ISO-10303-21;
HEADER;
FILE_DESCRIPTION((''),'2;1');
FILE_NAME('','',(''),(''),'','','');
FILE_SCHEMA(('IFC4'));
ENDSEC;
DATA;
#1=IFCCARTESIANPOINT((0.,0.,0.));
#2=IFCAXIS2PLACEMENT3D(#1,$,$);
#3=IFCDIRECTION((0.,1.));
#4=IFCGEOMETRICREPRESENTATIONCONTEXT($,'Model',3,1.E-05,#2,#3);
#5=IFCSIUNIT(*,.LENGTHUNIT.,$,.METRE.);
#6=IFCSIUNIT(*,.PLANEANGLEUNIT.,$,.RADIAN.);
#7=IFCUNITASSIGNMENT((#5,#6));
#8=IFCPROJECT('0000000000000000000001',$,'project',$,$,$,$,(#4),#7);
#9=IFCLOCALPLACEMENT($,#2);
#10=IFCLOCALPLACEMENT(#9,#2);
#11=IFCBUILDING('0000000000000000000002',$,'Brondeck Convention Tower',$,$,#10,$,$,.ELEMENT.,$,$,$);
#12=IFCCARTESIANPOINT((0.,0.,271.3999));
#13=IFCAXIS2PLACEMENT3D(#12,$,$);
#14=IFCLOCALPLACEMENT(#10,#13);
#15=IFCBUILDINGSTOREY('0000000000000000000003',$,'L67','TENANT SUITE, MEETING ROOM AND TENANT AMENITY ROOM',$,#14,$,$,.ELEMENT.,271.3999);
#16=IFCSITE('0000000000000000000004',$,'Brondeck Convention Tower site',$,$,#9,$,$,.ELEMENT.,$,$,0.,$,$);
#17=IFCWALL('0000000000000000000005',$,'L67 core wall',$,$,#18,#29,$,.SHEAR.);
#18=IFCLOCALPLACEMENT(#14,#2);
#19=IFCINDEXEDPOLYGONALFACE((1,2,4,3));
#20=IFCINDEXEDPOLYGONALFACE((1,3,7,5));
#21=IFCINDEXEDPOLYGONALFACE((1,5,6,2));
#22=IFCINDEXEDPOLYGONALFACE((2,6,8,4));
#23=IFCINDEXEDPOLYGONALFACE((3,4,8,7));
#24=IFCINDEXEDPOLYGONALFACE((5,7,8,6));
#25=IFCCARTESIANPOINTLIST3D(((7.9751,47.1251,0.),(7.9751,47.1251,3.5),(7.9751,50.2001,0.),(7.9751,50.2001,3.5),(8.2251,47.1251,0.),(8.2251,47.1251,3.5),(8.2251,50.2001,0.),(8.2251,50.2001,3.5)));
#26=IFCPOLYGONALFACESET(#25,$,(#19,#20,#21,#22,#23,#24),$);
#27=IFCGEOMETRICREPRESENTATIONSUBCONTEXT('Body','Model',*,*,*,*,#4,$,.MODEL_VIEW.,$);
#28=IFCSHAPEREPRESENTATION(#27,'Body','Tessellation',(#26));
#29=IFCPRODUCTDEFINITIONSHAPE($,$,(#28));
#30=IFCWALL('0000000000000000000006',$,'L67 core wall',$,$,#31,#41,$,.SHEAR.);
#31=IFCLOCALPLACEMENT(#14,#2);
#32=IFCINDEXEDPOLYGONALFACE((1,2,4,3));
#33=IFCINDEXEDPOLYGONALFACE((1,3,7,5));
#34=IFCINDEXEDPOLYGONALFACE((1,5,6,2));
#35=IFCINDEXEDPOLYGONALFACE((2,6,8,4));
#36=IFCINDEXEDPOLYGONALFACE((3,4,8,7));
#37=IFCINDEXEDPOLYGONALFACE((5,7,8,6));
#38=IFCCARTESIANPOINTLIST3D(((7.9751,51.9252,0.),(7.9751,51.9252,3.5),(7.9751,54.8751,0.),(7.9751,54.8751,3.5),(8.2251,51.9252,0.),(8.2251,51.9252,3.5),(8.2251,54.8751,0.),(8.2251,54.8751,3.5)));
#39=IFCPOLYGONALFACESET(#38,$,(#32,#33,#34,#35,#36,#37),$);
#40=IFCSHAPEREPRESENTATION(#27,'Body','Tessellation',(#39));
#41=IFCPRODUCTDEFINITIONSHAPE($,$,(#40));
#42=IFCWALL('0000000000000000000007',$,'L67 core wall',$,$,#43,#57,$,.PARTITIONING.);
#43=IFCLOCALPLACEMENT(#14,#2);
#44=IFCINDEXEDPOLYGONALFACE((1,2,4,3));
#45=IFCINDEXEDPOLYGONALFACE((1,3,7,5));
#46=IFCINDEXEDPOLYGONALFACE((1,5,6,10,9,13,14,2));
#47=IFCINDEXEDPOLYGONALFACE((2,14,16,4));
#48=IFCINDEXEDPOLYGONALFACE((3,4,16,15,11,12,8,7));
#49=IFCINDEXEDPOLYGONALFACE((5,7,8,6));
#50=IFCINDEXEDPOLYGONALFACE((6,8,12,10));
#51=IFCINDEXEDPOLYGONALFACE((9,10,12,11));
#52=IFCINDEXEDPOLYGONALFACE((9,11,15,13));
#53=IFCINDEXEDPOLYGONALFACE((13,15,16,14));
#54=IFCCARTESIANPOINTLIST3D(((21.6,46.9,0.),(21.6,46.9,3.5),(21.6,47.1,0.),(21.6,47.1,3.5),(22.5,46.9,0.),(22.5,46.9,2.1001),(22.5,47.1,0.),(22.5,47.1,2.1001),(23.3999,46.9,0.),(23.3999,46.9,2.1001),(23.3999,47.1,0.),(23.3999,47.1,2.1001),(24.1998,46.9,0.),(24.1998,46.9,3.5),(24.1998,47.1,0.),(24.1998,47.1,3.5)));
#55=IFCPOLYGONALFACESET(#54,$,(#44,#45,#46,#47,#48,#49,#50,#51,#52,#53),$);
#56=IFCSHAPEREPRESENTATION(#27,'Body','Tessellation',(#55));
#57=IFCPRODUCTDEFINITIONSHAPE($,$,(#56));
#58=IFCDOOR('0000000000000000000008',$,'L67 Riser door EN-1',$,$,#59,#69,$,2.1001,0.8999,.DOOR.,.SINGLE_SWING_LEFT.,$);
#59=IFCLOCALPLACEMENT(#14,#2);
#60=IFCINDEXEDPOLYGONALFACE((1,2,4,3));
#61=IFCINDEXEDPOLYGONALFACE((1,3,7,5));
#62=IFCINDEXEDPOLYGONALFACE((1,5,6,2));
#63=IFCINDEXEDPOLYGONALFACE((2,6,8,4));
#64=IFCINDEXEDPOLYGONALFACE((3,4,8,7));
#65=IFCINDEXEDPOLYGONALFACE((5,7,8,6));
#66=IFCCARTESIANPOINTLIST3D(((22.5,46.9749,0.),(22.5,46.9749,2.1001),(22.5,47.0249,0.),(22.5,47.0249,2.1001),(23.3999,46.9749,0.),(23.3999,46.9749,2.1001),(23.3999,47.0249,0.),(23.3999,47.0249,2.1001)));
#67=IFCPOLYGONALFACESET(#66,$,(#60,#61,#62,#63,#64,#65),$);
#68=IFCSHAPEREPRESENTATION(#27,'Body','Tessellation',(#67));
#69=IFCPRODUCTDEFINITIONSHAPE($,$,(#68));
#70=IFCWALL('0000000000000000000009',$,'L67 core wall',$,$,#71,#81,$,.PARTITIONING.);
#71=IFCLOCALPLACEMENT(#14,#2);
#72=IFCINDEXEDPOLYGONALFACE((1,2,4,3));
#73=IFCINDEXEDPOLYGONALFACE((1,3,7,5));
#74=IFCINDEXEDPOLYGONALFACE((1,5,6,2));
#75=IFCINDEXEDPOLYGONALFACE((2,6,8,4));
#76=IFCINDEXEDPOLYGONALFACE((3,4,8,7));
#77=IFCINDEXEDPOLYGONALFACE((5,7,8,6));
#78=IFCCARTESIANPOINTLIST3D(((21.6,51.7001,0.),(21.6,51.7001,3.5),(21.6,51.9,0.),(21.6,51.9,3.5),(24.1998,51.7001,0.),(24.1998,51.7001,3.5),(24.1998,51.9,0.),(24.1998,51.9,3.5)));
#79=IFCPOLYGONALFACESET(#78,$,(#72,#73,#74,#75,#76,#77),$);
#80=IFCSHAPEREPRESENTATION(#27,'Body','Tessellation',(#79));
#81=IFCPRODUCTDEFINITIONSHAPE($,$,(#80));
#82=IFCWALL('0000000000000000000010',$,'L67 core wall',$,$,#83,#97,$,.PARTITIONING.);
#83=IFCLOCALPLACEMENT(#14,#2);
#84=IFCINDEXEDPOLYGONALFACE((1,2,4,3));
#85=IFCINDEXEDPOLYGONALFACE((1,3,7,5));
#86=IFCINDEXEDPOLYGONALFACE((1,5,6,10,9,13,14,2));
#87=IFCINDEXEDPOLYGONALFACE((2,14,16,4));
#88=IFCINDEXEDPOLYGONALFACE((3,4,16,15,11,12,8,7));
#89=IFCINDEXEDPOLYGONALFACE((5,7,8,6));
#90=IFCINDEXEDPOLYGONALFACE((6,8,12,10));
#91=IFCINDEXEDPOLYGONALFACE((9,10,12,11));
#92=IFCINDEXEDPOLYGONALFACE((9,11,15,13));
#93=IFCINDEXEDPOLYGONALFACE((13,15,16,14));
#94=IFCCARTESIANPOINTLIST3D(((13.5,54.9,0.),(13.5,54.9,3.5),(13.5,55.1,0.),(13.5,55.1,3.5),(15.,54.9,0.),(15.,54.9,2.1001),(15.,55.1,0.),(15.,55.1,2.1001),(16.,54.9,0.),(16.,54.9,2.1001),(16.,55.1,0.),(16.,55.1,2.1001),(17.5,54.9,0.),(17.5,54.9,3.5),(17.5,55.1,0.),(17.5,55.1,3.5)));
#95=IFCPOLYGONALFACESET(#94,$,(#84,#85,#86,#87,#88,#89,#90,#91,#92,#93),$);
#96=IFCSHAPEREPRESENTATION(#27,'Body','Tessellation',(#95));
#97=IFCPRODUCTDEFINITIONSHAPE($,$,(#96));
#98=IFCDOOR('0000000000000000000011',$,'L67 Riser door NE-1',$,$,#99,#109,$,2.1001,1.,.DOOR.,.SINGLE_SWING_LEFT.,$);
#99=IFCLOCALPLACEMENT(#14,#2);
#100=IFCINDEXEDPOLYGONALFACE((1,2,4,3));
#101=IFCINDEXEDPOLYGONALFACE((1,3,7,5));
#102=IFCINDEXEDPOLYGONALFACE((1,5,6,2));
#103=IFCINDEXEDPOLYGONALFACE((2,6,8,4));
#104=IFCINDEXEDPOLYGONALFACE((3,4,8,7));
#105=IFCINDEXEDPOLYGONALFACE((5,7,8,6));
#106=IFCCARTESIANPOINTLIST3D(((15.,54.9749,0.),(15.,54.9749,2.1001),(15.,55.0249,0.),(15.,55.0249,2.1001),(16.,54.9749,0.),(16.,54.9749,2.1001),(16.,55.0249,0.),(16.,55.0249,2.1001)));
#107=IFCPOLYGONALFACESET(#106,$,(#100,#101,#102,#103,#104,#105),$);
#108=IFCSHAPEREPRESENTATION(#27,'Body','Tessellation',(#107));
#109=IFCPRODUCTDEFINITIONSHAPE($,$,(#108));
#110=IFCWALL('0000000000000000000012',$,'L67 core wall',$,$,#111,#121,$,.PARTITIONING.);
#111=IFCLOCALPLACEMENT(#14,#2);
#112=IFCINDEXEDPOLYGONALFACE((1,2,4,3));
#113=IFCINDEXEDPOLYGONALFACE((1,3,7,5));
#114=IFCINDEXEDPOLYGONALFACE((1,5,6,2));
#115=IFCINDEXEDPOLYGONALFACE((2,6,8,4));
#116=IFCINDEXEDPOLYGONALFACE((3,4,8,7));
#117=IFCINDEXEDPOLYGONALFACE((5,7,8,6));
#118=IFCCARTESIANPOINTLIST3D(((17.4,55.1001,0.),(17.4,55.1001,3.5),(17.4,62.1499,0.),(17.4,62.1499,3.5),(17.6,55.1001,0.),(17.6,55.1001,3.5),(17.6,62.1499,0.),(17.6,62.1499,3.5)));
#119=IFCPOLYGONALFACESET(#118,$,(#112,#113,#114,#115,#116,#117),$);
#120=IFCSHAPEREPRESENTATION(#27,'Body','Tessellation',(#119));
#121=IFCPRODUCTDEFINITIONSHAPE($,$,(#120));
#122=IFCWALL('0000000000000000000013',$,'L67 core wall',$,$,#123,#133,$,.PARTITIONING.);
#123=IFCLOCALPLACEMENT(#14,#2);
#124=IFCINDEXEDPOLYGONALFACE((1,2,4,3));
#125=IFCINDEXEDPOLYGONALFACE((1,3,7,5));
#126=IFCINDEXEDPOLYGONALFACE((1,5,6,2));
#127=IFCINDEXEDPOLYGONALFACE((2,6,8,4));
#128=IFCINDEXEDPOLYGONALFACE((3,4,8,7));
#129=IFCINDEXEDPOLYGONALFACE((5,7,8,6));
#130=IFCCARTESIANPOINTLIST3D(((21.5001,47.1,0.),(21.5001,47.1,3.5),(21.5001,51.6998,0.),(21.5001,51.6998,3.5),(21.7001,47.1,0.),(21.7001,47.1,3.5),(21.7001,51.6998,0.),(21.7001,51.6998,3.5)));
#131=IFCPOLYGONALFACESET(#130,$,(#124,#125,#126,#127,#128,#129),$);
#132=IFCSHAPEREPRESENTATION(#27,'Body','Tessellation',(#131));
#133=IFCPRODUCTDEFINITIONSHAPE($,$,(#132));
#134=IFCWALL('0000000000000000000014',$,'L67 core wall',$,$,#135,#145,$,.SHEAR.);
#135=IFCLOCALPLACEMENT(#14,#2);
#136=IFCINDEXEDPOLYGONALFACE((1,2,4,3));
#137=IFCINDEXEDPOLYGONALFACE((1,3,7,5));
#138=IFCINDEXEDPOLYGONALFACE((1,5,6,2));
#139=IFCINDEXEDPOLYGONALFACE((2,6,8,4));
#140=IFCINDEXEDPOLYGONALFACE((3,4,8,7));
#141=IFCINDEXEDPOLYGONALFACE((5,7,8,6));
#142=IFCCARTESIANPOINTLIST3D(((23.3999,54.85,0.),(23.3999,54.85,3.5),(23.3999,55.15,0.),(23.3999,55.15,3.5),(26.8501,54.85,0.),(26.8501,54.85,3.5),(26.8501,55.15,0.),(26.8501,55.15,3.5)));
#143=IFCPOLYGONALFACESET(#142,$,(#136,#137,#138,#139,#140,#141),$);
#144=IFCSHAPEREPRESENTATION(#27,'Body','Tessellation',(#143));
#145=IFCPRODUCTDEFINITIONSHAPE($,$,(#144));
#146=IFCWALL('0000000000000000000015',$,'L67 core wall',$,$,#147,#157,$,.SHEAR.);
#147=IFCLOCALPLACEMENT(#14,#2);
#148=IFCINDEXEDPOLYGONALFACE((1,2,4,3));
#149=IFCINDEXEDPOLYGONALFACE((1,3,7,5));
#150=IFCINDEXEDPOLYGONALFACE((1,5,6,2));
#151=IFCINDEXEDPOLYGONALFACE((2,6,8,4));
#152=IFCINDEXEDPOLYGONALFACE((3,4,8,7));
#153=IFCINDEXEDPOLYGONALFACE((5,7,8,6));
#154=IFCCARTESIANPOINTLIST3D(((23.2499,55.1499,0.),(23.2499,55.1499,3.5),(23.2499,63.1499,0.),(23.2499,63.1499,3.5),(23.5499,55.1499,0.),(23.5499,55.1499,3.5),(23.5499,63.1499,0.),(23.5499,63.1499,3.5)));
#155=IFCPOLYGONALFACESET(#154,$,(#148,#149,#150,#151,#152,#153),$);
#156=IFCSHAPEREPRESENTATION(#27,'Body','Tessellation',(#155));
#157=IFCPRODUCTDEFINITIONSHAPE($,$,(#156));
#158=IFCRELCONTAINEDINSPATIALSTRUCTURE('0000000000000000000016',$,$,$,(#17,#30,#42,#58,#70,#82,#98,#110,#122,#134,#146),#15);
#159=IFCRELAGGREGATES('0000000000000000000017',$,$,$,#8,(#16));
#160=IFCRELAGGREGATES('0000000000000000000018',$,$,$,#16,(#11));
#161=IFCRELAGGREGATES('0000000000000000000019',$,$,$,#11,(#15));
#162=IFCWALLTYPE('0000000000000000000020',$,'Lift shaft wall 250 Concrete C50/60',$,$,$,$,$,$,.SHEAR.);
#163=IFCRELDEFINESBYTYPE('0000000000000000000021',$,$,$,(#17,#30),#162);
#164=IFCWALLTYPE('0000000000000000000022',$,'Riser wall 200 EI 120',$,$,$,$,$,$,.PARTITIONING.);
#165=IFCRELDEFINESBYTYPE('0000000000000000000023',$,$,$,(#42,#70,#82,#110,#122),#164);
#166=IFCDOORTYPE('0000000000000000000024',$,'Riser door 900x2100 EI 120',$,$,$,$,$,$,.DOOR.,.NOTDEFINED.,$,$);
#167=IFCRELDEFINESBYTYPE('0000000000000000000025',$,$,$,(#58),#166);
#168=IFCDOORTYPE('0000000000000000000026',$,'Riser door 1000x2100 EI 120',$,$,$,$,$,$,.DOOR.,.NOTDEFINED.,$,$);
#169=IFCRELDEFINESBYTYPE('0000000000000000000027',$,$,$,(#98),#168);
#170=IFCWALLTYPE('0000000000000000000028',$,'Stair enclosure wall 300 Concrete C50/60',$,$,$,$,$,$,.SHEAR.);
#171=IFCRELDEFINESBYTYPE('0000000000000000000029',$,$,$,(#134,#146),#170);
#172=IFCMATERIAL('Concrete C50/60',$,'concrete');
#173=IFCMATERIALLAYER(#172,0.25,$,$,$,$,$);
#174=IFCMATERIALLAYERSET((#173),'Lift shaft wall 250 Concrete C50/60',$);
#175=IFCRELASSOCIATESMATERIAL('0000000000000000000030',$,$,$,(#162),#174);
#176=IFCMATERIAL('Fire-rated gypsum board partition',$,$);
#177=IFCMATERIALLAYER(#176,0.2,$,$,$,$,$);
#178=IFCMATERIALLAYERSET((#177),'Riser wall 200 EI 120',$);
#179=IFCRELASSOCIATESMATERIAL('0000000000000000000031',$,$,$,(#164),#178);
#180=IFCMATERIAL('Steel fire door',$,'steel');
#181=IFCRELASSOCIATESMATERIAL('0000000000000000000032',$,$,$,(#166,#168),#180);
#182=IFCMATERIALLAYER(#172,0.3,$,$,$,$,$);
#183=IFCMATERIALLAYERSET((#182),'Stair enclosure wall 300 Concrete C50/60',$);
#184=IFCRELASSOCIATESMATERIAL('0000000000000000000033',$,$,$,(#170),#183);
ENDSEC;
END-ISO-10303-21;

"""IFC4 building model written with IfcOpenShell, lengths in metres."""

from ifc_helpers import new_model, si_unit, direction, frame, frame_2d, origin, place, context, subcontext, project, spatial, rectangle, extrude, material, layer, layer_set, type_object, element, fill, save


model = new_model("IFC4")

# Units and contexts
model_context = context("Model", 3, precision=1e-05, world=origin(), true_north=direction((0.0, 1.0)))
body_context = subcontext(model_context, "Body", "Model", "MODEL_VIEW")
ifc_project = project(units=[si_unit("LENGTHUNIT", "METRE"), si_unit("PLANEANGLEUNIT", "RADIAN")], contexts=[model_context])

# Site, building, storey
site_placement = place(None, origin())
site = spatial("IfcSite", under=ifc_project, at=site_placement, Name="Brondeck Convention Tower site", CompositionType="ELEMENT", RefElevation=0.0)
building_placement = place(site_placement, origin())
building = spatial("IfcBuilding", under=site, at=building_placement, Name="Brondeck Convention Tower", CompositionType="ELEMENT")
storey_placement = place(building_placement, frame((0.0, 0.0, 271.3999)))
storey = spatial("IfcBuildingStorey", under=building, at=storey_placement, Name="L67", Description="TENANT SUITE, MEETING ROOM AND TENANT AMENITY ROOM", CompositionType="ELEMENT", Elevation=271.3999)

# Shared definitions
ifc_material_1 = material(Name="Fire-rated gypsum board partition")
ifc_material_2 = material(Name="Steel fire door", Category="steel")

# Walls
ifc_material_3 = material(Name="Concrete C50/60", Category="concrete")
ifc_layer_1 = layer(ifc_material_3, 0.25)
ifc_layer_set_1 = layer_set([ifc_layer_1], Name="Lift shaft wall 250 Concrete C50/60")
wall_type_1 = type_object("IfcWallType", Name="Lift shaft wall 250 Concrete C50/60", PredefinedType="SHEAR", material=ifc_layer_set_1)
wall_1_placement = place(storey_placement, frame((8.1001, 47.125, 0.0), z_axis=(0.0, 0.0, 1.0), x_axis=(0.0, 1.0, 0.0)))
element("IfcWall", 1, at=wall_1_placement, inside=storey, type_object=wall_type_1, Name="L67 core wall", PredefinedType="SHEAR", context=body_context, shape_type="SweptSolid", body=[
    extrude(rectangle(XDim=3.075, YDim=0.25, at=frame_2d((1.5376, 0.0))), origin(), (0.0, 0.0, 1.0), 3.5),
])
wall_2_placement = place(storey_placement, frame((8.1001, 51.925, 0.0), z_axis=(0.0, 0.0, 1.0), x_axis=(0.0, 1.0, 0.0)))
element("IfcWall", 2, at=wall_2_placement, inside=storey, type_object=wall_type_1, Name="L67 core wall", PredefinedType="SHEAR", context=body_context, shape_type="SweptSolid", body=[
    extrude(rectangle(XDim=2.95, YDim=0.25, at=frame_2d((1.4751, 0.0))), origin(), (0.0, 0.0, 1.0), 3.5),
])

# Wall, opening, door
ifc_layer_2 = layer(ifc_material_1, 0.2)
ifc_layer_set_2 = layer_set([ifc_layer_2], Name="Riser wall 200 EI 120")
wall_type_2 = type_object("IfcWallType", Name="Riser wall 200 EI 120", PredefinedType="PARTITIONING", material=ifc_layer_set_2)
wall_3_placement = place(storey_placement, frame((21.6001, 47.0, 0.0), z_axis=(0.0, 0.0, 1.0), x_axis=(1.0, 0.0, 0.0)))
wall_3 = element("IfcWall", 3, at=wall_3_placement, inside=storey, type_object=wall_type_2, Name="L67 core wall", PredefinedType="PARTITIONING", context=body_context, shape_type="SweptSolid", body=[
    extrude(rectangle(XDim=2.5999, YDim=0.2, at=frame_2d((1.2998, 0.0))), origin(), (0.0, 0.0, 1.0), 3.5),
])
opening_1_placement = place(wall_3_placement, frame((0.8999, 0.0, 0.0)))
opening_1 = element("IfcOpeningElement", 4, at=opening_1_placement, cuts=wall_3, PredefinedType="OPENING", context=body_context, shape_type="SweptSolid", body=[
    extrude(rectangle(XDim=0.8999, YDim=2.1001, at=frame_2d((0.45, 1.05))), frame((0.0, 0.1099, 0.0), z_axis=(0.0, -1.0, 0.0), x_axis=(1.0, 0.0, 0.0)), (0.0, 0.0, 1.0), 0.22),
])
door_type_1 = type_object("IfcDoorType", Name="Riser door 900x2100 EI 120", OperationType="NOTDEFINED", PredefinedType="DOOR", material=ifc_material_2)
door_1_placement = place(opening_1_placement, origin())
door_1 = element("IfcDoor", 5, at=door_1_placement, inside=storey, type_object=door_type_1, Name="L67 Riser door EN-1", OperationType="SINGLE_SWING_LEFT", OverallHeight=2.1001, OverallWidth=0.8999, PredefinedType="DOOR", context=body_context, shape_type="SweptSolid", body=[
    extrude(rectangle(XDim=0.8999, YDim=2.1001, at=frame_2d((0.45, 1.05))), frame((0.0, 0.0249, 0.0), z_axis=(0.0, -1.0, 0.0), x_axis=(1.0, 0.0, 0.0)), (0.0, 0.0, 1.0), 0.05),
])
fill(opening_1, door_1)

# Wall
wall_4_placement = place(storey_placement, frame((21.6001, 51.8, 0.0), z_axis=(0.0, 0.0, 1.0), x_axis=(1.0, 0.0, 0.0)))
element("IfcWall", 6, at=wall_4_placement, inside=storey, type_object=wall_type_2, Name="L67 core wall", PredefinedType="PARTITIONING", context=body_context, shape_type="SweptSolid", body=[
    extrude(rectangle(XDim=2.5999, YDim=0.2, at=frame_2d((1.2998, 0.0))), origin(), (0.0, 0.0, 1.0), 3.5),
])

# Wall, opening, door
wall_5_placement = place(storey_placement, frame((13.5, 55.0, 0.0), z_axis=(0.0, 0.0, 1.0), x_axis=(1.0, 0.0, 0.0)))
wall_5 = element("IfcWall", 7, at=wall_5_placement, inside=storey, type_object=wall_type_2, Name="L67 core wall", PredefinedType="PARTITIONING", context=body_context, shape_type="SweptSolid", body=[
    extrude(rectangle(XDim=4.0, YDim=0.2, at=frame_2d((2.0, 0.0))), origin(), (0.0, 0.0, 1.0), 3.5),
])
opening_2_placement = place(wall_5_placement, frame((1.5, 0.0, 0.0)))
opening_2 = element("IfcOpeningElement", 8, at=opening_2_placement, cuts=wall_5, PredefinedType="OPENING", context=body_context, shape_type="SweptSolid", body=[
    extrude(rectangle(XDim=1.0, YDim=2.1001, at=frame_2d((0.5, 1.05))), frame((0.0, 0.1099, 0.0), z_axis=(0.0, -1.0, 0.0), x_axis=(1.0, 0.0, 0.0)), (0.0, 0.0, 1.0), 0.22),
])
door_type_2 = type_object("IfcDoorType", Name="Riser door 1000x2100 EI 120", OperationType="NOTDEFINED", PredefinedType="DOOR", material=ifc_material_2)
door_2_placement = place(opening_2_placement, origin())
door_2 = element("IfcDoor", 9, at=door_2_placement, inside=storey, type_object=door_type_2, Name="L67 Riser door NE-1", OperationType="SINGLE_SWING_LEFT", OverallHeight=2.1001, OverallWidth=1.0, PredefinedType="DOOR", context=body_context, shape_type="SweptSolid", body=[
    extrude(rectangle(XDim=1.0, YDim=2.1001, at=frame_2d((0.5, 1.05))), frame((0.0, 0.0249, 0.0), z_axis=(0.0, -1.0, 0.0), x_axis=(1.0, 0.0, 0.0)), (0.0, 0.0, 1.0), 0.05),
])
fill(opening_2, door_2)

# Walls
wall_6_placement = place(storey_placement, frame((17.5, 55.1001, 0.0), z_axis=(0.0, 0.0, 1.0), x_axis=(0.0, 1.0, 0.0)))
element("IfcWall", 10, at=wall_6_placement, inside=storey, type_object=wall_type_2, Name="L67 core wall", PredefinedType="PARTITIONING", context=body_context, shape_type="SweptSolid", body=[
    extrude(rectangle(XDim=7.0498, YDim=0.2, at=frame_2d((3.5249, 0.0))), origin(), (0.0, 0.0, 1.0), 3.5),
])
wall_7_placement = place(storey_placement, frame((21.6001, 47.1001, 0.0), z_axis=(0.0, 0.0, 1.0), x_axis=(0.0, 1.0, 0.0)))
element("IfcWall", 11, at=wall_7_placement, inside=storey, type_object=wall_type_2, Name="L67 core wall", PredefinedType="PARTITIONING", context=body_context, shape_type="SweptSolid", body=[
    extrude(rectangle(XDim=4.5999, YDim=0.2, at=frame_2d((2.2998, 0.0))), origin(), (0.0, 0.0, 1.0), 3.5),
])
ifc_layer_3 = layer(ifc_material_3, 0.3)
ifc_layer_set_3 = layer_set([ifc_layer_3], Name="Stair enclosure wall 300 Concrete C50/60")
wall_type_3 = type_object("IfcWallType", Name="Stair enclosure wall 300 Concrete C50/60", PredefinedType="SHEAR", material=ifc_layer_set_3)
wall_8_placement = place(storey_placement, frame((23.3999, 55.0, 0.0), z_axis=(0.0, 0.0, 1.0), x_axis=(1.0, 0.0, 0.0)))
element("IfcWall", 12, at=wall_8_placement, inside=storey, type_object=wall_type_3, Name="L67 core wall", PredefinedType="SHEAR", context=body_context, shape_type="SweptSolid", body=[
    extrude(rectangle(XDim=3.4502, YDim=0.3, at=frame_2d((1.7251, 0.0))), origin(), (0.0, 0.0, 1.0), 3.5),
])
wall_9_placement = place(storey_placement, frame((23.3999, 55.1499, 0.0), z_axis=(0.0, 0.0, 1.0), x_axis=(0.0, 1.0, 0.0)))
element("IfcWall", 13, at=wall_9_placement, inside=storey, type_object=wall_type_3, Name="L67 core wall", PredefinedType="SHEAR", context=body_context, shape_type="SweptSolid", body=[
    extrude(rectangle(XDim=8.0, YDim=0.3, at=frame_2d((4.0, 0.0))), origin(), (0.0, 0.0, 1.0), 3.5),
])

save(model, "model.ifc")
